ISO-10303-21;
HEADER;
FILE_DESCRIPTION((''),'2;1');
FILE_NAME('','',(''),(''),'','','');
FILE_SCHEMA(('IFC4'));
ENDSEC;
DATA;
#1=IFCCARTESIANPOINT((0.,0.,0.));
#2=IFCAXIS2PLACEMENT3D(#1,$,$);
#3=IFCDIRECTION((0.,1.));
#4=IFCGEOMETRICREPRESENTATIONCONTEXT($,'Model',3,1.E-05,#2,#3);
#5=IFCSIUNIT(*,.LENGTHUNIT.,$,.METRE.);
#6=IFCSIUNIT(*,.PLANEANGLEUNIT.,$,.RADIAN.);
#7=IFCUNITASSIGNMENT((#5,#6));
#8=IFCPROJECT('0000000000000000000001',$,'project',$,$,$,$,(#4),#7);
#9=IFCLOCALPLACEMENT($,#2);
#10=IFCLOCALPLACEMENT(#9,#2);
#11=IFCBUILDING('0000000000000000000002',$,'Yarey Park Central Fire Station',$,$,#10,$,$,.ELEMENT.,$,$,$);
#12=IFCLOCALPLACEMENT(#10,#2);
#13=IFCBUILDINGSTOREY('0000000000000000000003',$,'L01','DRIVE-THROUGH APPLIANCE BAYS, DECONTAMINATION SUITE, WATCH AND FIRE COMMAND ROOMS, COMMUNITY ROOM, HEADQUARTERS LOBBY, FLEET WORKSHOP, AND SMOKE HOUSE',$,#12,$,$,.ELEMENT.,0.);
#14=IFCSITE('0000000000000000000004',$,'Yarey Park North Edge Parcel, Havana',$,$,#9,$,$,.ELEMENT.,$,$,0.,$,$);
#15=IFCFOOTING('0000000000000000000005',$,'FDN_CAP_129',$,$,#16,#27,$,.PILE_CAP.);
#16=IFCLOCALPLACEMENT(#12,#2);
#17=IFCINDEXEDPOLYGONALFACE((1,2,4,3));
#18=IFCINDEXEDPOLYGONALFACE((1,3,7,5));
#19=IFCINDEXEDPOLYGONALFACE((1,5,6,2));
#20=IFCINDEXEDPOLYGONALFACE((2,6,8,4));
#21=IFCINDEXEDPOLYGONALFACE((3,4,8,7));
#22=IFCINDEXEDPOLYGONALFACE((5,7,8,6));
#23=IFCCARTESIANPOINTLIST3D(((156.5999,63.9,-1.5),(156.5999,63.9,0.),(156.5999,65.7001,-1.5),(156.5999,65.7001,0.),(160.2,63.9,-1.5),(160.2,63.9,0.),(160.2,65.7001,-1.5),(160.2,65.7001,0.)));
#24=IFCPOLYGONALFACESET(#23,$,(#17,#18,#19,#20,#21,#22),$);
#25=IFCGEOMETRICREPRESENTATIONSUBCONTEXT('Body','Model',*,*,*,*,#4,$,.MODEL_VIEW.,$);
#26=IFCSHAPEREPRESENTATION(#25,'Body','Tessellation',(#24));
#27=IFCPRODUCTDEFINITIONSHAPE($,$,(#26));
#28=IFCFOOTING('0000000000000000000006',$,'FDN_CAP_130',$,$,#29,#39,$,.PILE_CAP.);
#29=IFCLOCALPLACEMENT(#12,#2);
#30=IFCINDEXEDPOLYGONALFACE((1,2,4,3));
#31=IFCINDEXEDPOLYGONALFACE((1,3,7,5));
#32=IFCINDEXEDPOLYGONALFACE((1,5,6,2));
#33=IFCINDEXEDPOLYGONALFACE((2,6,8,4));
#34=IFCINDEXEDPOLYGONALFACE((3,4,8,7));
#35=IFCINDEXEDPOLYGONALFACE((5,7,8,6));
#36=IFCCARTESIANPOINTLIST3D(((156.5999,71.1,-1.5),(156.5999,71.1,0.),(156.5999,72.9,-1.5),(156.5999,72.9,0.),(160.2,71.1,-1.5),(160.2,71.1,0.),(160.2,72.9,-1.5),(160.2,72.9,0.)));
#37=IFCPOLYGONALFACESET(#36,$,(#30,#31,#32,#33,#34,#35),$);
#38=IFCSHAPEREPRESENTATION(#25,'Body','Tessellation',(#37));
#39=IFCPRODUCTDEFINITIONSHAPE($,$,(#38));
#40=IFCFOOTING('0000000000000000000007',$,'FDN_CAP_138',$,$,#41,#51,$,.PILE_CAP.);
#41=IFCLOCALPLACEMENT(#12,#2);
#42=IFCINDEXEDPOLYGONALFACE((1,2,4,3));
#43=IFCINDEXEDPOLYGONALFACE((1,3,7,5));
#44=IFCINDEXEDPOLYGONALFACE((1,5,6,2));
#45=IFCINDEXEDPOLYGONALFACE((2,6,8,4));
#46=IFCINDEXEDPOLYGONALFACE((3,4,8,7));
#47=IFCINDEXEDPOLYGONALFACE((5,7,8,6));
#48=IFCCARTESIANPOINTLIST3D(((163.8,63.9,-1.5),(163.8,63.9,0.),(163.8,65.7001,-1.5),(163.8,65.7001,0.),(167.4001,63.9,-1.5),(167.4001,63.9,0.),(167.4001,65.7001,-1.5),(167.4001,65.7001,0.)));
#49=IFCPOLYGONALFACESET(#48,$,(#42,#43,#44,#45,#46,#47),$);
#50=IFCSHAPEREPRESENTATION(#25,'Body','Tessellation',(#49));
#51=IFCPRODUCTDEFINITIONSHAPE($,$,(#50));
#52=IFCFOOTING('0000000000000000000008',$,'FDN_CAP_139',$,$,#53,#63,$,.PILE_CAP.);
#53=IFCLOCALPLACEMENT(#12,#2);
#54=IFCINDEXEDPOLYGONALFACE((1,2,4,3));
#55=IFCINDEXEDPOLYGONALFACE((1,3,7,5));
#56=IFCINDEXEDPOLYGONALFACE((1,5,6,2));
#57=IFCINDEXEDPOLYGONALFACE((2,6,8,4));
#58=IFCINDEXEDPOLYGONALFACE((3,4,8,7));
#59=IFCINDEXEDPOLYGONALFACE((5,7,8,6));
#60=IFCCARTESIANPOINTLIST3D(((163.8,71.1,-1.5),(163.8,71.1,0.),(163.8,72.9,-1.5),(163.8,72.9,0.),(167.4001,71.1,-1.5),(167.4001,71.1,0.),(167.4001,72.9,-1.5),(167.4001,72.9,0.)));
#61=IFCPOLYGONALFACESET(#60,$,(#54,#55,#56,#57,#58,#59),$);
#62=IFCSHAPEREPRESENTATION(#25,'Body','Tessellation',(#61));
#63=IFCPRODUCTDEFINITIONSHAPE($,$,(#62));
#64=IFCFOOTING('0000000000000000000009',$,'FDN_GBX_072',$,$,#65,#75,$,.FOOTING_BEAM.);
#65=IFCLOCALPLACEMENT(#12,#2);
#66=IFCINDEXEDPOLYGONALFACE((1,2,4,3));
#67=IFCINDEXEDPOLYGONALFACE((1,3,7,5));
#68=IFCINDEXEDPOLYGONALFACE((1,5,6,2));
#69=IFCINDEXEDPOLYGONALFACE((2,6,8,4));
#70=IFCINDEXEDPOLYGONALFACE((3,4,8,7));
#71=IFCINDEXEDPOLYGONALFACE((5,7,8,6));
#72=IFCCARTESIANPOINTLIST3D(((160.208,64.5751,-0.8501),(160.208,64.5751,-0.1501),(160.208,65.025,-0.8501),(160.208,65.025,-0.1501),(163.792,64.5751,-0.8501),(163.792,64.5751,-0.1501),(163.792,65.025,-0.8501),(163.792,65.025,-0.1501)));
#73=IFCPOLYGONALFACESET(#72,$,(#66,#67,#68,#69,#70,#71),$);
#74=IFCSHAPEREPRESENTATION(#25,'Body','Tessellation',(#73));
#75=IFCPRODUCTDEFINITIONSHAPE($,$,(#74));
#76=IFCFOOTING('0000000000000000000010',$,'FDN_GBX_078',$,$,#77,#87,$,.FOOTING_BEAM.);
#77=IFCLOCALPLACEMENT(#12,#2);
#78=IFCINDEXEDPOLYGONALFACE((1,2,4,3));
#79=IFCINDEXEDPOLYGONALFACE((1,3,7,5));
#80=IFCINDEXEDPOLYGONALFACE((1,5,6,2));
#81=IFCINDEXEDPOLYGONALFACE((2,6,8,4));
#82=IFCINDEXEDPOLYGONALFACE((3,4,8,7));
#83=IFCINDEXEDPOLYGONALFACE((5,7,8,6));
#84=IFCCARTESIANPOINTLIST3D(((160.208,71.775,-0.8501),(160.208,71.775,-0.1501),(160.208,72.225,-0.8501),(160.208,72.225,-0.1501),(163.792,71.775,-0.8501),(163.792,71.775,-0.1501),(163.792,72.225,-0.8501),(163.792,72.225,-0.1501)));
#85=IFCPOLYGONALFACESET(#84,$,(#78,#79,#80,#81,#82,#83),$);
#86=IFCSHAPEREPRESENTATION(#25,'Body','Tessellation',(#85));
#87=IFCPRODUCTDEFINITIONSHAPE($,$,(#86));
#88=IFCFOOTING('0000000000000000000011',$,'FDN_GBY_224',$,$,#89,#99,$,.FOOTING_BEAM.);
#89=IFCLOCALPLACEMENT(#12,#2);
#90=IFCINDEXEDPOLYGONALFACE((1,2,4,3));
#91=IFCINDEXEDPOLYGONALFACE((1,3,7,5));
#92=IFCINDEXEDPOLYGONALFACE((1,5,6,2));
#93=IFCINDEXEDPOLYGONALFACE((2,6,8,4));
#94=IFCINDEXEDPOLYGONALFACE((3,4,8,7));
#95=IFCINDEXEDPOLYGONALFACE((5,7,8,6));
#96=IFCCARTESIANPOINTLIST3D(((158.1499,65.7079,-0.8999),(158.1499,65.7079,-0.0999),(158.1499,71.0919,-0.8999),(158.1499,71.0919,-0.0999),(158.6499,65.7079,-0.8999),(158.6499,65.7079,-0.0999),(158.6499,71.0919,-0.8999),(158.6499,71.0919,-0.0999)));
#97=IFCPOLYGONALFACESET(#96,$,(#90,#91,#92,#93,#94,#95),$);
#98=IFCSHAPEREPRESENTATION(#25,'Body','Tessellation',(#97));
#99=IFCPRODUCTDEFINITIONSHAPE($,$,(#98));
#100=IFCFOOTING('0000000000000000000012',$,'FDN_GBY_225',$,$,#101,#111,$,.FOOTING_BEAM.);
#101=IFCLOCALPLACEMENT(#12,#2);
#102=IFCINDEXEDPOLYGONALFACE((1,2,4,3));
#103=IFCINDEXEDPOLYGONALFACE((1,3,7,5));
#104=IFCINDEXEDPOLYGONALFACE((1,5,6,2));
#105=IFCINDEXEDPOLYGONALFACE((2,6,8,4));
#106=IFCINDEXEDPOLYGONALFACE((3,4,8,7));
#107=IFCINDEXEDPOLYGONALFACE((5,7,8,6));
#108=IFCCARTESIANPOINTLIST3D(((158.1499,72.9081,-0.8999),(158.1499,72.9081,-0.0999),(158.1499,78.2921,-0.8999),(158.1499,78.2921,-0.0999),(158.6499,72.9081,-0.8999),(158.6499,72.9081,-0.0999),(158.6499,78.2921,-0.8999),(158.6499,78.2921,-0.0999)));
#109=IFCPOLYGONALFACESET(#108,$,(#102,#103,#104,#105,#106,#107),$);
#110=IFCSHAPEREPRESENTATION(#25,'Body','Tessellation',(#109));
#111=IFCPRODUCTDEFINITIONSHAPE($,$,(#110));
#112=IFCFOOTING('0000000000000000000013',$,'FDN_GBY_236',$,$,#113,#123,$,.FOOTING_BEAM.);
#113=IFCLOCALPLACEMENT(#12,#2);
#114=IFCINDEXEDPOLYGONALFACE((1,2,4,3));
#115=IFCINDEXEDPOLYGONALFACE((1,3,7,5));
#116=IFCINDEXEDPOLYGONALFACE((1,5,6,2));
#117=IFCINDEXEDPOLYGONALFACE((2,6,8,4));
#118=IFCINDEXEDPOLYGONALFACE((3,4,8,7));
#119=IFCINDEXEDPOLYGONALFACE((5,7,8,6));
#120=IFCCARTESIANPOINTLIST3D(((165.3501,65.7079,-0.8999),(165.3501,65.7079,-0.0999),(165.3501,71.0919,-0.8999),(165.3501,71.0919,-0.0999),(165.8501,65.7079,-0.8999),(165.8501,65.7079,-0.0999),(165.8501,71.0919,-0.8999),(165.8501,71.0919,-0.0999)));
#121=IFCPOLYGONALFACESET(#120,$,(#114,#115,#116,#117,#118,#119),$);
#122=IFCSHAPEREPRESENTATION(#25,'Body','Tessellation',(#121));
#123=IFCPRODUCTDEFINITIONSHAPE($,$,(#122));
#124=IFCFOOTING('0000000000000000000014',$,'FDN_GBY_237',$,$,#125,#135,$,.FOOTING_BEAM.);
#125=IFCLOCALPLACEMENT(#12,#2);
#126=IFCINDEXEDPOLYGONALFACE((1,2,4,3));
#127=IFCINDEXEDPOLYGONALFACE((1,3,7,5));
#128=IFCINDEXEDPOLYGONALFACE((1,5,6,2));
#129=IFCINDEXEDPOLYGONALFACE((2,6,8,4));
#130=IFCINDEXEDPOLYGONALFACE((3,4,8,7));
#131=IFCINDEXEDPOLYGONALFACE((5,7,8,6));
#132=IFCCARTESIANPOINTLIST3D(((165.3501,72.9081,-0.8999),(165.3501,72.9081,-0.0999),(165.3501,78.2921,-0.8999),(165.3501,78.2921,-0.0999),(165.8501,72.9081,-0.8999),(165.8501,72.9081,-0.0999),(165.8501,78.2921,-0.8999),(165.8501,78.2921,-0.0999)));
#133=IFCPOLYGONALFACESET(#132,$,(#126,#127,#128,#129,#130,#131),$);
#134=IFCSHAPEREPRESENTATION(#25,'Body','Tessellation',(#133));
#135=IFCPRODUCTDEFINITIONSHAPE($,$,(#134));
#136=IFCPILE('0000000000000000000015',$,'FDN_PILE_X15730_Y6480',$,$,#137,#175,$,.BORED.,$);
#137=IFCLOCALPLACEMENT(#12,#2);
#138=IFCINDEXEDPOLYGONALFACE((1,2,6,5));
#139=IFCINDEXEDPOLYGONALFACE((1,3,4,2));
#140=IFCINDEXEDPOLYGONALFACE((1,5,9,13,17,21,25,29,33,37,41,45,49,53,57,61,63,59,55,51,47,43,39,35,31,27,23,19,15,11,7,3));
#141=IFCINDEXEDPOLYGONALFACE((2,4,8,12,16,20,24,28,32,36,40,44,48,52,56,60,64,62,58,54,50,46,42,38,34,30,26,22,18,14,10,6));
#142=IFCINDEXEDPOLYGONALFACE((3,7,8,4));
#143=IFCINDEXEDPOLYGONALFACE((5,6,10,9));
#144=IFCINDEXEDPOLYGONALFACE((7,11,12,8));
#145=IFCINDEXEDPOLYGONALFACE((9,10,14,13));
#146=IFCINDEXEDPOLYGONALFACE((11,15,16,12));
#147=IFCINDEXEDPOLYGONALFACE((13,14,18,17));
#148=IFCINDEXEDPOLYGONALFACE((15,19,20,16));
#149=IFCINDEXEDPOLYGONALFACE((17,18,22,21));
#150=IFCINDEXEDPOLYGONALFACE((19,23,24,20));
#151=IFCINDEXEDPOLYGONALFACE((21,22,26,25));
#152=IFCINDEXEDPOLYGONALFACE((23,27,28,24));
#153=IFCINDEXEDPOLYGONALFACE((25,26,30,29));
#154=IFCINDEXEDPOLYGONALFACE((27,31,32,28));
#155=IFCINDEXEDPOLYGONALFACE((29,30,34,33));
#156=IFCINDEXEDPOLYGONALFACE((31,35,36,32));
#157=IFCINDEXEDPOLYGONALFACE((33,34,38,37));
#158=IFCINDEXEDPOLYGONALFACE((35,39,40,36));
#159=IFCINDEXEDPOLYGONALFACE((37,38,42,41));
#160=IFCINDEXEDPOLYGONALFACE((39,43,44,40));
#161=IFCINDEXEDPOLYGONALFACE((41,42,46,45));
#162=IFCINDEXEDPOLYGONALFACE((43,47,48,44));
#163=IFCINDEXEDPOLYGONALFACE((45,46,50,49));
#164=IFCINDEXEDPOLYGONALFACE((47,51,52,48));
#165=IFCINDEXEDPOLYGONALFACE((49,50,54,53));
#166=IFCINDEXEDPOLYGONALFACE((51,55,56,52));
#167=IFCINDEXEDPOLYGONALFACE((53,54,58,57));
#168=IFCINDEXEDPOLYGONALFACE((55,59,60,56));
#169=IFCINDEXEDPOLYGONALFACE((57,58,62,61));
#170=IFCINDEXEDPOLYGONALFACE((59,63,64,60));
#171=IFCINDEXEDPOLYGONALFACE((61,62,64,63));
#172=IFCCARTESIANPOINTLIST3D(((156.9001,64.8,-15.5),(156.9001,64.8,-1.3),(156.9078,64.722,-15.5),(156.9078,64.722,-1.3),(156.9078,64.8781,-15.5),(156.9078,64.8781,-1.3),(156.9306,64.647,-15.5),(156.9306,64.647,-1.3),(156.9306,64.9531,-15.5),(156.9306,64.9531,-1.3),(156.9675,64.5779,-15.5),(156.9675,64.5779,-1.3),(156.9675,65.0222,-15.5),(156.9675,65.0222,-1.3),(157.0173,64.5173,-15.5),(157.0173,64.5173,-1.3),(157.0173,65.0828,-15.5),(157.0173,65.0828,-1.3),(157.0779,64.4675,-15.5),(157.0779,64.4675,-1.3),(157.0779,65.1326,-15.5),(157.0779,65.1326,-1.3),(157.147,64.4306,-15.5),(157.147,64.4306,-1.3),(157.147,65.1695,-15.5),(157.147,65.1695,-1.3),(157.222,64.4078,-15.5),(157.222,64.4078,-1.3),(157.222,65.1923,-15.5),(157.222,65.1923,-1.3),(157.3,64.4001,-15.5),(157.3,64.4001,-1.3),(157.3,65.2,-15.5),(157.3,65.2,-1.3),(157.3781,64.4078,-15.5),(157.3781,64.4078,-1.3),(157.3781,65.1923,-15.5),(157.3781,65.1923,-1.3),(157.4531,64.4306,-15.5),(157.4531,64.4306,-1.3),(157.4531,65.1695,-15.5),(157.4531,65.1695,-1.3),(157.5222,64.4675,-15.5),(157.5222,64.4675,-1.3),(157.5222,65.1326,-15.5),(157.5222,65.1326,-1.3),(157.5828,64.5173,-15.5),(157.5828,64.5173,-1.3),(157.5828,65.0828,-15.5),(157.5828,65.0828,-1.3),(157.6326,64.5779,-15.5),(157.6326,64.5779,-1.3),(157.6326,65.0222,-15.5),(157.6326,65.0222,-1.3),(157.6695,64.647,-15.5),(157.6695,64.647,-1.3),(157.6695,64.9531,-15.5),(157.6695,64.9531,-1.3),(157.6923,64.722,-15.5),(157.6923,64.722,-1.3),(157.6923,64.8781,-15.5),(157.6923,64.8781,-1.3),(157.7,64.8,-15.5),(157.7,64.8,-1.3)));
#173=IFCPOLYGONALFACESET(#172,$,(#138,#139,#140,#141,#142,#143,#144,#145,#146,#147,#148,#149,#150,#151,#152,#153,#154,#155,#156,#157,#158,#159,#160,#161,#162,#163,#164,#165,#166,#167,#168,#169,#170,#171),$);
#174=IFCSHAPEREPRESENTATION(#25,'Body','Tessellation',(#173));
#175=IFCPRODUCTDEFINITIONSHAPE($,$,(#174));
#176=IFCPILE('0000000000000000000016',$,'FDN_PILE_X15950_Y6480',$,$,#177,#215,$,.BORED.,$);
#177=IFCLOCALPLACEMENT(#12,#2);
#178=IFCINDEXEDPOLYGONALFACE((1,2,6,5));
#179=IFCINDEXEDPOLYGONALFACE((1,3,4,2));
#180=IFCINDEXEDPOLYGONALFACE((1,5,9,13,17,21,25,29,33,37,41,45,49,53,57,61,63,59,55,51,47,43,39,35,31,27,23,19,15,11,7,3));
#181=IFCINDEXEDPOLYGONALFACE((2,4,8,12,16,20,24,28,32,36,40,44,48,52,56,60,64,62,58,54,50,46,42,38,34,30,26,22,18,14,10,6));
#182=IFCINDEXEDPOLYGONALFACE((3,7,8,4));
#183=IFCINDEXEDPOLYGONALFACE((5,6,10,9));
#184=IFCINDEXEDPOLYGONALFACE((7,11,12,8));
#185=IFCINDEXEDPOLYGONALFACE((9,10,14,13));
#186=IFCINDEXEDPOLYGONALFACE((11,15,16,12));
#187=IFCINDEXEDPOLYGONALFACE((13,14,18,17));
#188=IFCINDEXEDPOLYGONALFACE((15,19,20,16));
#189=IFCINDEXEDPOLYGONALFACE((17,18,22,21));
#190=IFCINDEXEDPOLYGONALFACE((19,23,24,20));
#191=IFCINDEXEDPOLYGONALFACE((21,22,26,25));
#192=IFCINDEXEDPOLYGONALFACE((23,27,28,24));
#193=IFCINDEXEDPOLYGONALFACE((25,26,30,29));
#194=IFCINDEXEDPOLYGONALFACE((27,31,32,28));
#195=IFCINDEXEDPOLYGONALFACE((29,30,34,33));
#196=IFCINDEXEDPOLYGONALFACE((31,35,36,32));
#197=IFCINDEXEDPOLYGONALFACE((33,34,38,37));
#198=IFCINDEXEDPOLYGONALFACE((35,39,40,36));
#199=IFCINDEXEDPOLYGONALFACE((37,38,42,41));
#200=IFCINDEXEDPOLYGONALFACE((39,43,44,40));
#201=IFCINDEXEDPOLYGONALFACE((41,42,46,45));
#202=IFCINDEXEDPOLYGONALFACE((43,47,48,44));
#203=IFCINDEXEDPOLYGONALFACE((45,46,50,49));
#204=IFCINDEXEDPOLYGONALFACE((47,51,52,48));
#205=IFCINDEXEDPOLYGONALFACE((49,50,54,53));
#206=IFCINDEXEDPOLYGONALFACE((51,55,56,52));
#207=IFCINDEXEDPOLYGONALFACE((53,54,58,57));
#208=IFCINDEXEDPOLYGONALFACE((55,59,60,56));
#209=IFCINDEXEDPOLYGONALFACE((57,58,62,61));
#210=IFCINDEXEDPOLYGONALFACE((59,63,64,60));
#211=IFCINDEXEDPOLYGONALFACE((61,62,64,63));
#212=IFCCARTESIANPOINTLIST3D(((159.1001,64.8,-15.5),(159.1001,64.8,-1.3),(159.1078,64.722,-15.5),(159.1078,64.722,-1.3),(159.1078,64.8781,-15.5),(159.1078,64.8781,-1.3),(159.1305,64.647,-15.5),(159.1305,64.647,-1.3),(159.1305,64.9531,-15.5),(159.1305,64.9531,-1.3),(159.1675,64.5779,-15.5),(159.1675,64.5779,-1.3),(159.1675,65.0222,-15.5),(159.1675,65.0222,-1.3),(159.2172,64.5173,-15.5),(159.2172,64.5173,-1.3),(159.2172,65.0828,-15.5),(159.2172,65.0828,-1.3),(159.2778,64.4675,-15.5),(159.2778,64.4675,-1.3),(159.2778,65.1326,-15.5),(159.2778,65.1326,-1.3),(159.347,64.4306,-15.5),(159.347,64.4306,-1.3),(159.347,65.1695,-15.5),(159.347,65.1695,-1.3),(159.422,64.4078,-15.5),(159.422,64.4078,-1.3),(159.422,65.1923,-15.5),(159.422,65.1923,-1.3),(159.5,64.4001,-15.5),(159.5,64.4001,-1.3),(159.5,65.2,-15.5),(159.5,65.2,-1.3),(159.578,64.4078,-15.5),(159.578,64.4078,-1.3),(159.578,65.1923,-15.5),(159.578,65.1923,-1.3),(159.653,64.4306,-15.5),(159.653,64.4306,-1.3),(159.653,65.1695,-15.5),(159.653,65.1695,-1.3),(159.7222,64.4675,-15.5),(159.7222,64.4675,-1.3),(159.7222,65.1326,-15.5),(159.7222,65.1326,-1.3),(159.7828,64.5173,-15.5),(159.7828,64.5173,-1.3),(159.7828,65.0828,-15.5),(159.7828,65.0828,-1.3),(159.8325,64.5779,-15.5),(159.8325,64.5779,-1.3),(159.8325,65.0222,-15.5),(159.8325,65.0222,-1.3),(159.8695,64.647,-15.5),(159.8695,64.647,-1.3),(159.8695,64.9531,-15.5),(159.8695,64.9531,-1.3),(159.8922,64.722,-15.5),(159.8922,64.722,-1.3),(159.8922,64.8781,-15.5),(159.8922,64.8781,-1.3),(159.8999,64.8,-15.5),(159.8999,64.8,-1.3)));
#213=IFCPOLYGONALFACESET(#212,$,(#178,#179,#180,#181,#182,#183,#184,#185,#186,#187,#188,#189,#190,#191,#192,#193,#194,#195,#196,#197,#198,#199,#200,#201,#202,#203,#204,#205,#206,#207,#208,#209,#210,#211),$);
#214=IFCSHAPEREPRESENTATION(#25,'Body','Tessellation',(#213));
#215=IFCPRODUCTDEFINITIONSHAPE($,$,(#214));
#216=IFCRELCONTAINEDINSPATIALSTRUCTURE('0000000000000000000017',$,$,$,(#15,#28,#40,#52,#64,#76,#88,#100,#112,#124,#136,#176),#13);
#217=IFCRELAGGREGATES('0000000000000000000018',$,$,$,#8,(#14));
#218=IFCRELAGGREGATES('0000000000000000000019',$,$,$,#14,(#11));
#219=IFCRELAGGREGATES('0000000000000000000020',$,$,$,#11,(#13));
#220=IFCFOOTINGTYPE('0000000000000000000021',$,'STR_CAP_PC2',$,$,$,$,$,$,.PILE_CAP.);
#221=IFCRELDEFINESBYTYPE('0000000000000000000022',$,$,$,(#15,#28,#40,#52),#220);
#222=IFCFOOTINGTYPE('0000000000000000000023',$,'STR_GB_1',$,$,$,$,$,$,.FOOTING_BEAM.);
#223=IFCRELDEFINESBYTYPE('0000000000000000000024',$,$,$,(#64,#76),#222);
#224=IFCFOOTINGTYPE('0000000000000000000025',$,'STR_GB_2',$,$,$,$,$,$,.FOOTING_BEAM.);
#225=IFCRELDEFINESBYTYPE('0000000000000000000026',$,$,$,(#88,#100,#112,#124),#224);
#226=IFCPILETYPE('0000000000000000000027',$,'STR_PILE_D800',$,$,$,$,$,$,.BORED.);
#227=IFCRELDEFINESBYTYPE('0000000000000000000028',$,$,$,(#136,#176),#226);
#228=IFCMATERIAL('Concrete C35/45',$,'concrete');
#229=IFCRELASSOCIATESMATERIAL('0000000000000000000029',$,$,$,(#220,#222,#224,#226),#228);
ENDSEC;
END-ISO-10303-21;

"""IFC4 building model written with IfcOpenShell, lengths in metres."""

from ifc_helpers import new_model, si_unit, direction, frame, origin, origin_2d, place, context, subcontext, project, spatial, rectangle, circle, extrude, material, material_profile, profile_set, type_object, element, save


model = new_model("IFC4")

# Units and contexts
model_context = context("Model", 3, precision=1e-05, world=origin(), true_north=direction((0.0, 1.0)))
body_context = subcontext(model_context, "Body", "Model", "MODEL_VIEW")
ifc_project = project(units=[si_unit("LENGTHUNIT", "METRE"), si_unit("PLANEANGLEUNIT", "RADIAN")], contexts=[model_context])

# Site, building, storey
site_placement = place(None, origin())
site = spatial("IfcSite", under=ifc_project, at=site_placement, Name="Yarey Park North Edge Parcel, Havana", CompositionType="ELEMENT", RefElevation=0.0)
building_placement = place(site_placement, origin())
building = spatial("IfcBuilding", under=site, at=building_placement, Name="Yarey Park Central Fire Station", CompositionType="ELEMENT")
storey_placement = place(building_placement, origin())
storey = spatial("IfcBuildingStorey", under=building, at=storey_placement, Name="L01", Description="DRIVE-THROUGH APPLIANCE BAYS, DECONTAMINATION SUITE, WATCH AND FIRE COMMAND ROOMS, COMMUNITY ROOM, HEADQUARTERS LOBBY, FLEET WORKSHOP, AND SMOKE HOUSE", CompositionType="ELEMENT", Elevation=0.0)

# Footings
ifc_material_1 = material(Name="Concrete C35/45", Category="concrete")
footing_type_1 = type_object("IfcFootingType", Name="STR_CAP_PC2", PredefinedType="PILE_CAP", material=ifc_material_1)
for number, where, z_axis, x_axis, name in (
    (1, (158.3999, 64.8, -1.5), (0.0, 0.0, 1.0), (1.0, 0.0, 0.0), "FDN_CAP_129"),
    (2, (158.3999, 72.0, -1.5), (0.0, 0.0, 1.0), (1.0, 0.0, 0.0), "FDN_CAP_130"),
    (3, (165.6001, 64.8, -1.5), (0.0, 0.0, 1.0), (1.0, 0.0, 0.0), "FDN_CAP_138"),
    (4, (165.6001, 72.0, -1.5), (0.0, 0.0, 1.0), (1.0, 0.0, 0.0), "FDN_CAP_139"),
):
    element("IfcFooting", number, at=place(storey_placement, frame(where, z_axis=z_axis, x_axis=x_axis)), inside=storey, type_object=footing_type_1, Name=name, PredefinedType="PILE_CAP", context=body_context, shape_type="SweptSolid", body=[
        extrude(rectangle(XDim=3.6001, YDim=1.8, at=origin_2d()), origin(), (0.0, 0.0, 1.0), 1.5),
    ])
footing_type_2 = type_object("IfcFootingType", Name="STR_GB_1", PredefinedType="FOOTING_BEAM", material=ifc_material_1)
for number, where, z_axis, x_axis, name in (
    (5, (162.0, 64.8, -0.8501), (0.0, 0.0, 1.0), (1.0, 0.0, 0.0), "FDN_GBX_072"),
    (6, (162.0, 72.0, -0.8501), (0.0, 0.0, 1.0), (1.0, 0.0, 0.0), "FDN_GBX_078"),
):
    element("IfcFooting", number, at=place(storey_placement, frame(where, z_axis=z_axis, x_axis=x_axis)), inside=storey, type_object=footing_type_2, Name=name, PredefinedType="FOOTING_BEAM", context=body_context, shape_type="SweptSolid", body=[
        extrude(rectangle(XDim=3.584, YDim=0.45, at=origin_2d()), origin(), (0.0, 0.0, 1.0), 0.7),
    ])
footing_type_3 = type_object("IfcFootingType", Name="STR_GB_2", PredefinedType="FOOTING_BEAM", material=ifc_material_1)
for number, where, z_axis, x_axis, name in (
    (7, (158.3999, 68.3999, -0.8999), (0.0, 0.0, 1.0), (1.0, 0.0, 0.0), "FDN_GBY_224"),
    (8, (158.3999, 75.6001, -0.8999), (0.0, 0.0, 1.0), (1.0, 0.0, 0.0), "FDN_GBY_225"),
    (9, (165.6001, 68.3999, -0.8999), (0.0, 0.0, 1.0), (1.0, 0.0, 0.0), "FDN_GBY_236"),
    (10, (165.6001, 75.6001, -0.8999), (0.0, 0.0, 1.0), (1.0, 0.0, 0.0), "FDN_GBY_237"),
):
    element("IfcFooting", number, at=place(storey_placement, frame(where, z_axis=z_axis, x_axis=x_axis)), inside=storey, type_object=footing_type_3, Name=name, PredefinedType="FOOTING_BEAM", context=body_context, shape_type="SweptSolid", body=[
        extrude(rectangle(XDim=0.5, YDim=5.384, at=origin_2d()), origin(), (0.0, 0.0, 1.0), 0.8),
    ])

# Piles
ifc_material_profile_1 = material_profile(ifc_material_1, circle(Radius=0.3999, at=origin_2d()), Name="BORED PILE D800")
ifc_profile_set_1 = profile_set([ifc_material_profile_1], Name="Concrete C35/45")
pile_type = type_object("IfcPileType", Name="STR_PILE_D800", PredefinedType="BORED", material=ifc_profile_set_1)
for number, where, z_axis, x_axis, name in (
    (11, (157.3, 64.8, -1.3), (0.0, 0.0, -1.0), (1.0, 0.0, 0.0), "FDN_PILE_X15730_Y6480"),
    (12, (159.5, 64.8, -1.3), (0.0, 0.0, -1.0), (1.0, 0.0, 0.0), "FDN_PILE_X15950_Y6480"),
):
    element("IfcPile", number, at=place(storey_placement, frame(where, z_axis=z_axis, x_axis=x_axis)), inside=storey, type_object=pile_type, Name=name, PredefinedType="BORED", context=body_context, shape_type="SweptSolid", body=[
        extrude(circle(Radius=0.3999, at=origin_2d()), origin(), (0.0, 0.0, 1.0), 14.2),
    ])

save(model, "model.ifc")
